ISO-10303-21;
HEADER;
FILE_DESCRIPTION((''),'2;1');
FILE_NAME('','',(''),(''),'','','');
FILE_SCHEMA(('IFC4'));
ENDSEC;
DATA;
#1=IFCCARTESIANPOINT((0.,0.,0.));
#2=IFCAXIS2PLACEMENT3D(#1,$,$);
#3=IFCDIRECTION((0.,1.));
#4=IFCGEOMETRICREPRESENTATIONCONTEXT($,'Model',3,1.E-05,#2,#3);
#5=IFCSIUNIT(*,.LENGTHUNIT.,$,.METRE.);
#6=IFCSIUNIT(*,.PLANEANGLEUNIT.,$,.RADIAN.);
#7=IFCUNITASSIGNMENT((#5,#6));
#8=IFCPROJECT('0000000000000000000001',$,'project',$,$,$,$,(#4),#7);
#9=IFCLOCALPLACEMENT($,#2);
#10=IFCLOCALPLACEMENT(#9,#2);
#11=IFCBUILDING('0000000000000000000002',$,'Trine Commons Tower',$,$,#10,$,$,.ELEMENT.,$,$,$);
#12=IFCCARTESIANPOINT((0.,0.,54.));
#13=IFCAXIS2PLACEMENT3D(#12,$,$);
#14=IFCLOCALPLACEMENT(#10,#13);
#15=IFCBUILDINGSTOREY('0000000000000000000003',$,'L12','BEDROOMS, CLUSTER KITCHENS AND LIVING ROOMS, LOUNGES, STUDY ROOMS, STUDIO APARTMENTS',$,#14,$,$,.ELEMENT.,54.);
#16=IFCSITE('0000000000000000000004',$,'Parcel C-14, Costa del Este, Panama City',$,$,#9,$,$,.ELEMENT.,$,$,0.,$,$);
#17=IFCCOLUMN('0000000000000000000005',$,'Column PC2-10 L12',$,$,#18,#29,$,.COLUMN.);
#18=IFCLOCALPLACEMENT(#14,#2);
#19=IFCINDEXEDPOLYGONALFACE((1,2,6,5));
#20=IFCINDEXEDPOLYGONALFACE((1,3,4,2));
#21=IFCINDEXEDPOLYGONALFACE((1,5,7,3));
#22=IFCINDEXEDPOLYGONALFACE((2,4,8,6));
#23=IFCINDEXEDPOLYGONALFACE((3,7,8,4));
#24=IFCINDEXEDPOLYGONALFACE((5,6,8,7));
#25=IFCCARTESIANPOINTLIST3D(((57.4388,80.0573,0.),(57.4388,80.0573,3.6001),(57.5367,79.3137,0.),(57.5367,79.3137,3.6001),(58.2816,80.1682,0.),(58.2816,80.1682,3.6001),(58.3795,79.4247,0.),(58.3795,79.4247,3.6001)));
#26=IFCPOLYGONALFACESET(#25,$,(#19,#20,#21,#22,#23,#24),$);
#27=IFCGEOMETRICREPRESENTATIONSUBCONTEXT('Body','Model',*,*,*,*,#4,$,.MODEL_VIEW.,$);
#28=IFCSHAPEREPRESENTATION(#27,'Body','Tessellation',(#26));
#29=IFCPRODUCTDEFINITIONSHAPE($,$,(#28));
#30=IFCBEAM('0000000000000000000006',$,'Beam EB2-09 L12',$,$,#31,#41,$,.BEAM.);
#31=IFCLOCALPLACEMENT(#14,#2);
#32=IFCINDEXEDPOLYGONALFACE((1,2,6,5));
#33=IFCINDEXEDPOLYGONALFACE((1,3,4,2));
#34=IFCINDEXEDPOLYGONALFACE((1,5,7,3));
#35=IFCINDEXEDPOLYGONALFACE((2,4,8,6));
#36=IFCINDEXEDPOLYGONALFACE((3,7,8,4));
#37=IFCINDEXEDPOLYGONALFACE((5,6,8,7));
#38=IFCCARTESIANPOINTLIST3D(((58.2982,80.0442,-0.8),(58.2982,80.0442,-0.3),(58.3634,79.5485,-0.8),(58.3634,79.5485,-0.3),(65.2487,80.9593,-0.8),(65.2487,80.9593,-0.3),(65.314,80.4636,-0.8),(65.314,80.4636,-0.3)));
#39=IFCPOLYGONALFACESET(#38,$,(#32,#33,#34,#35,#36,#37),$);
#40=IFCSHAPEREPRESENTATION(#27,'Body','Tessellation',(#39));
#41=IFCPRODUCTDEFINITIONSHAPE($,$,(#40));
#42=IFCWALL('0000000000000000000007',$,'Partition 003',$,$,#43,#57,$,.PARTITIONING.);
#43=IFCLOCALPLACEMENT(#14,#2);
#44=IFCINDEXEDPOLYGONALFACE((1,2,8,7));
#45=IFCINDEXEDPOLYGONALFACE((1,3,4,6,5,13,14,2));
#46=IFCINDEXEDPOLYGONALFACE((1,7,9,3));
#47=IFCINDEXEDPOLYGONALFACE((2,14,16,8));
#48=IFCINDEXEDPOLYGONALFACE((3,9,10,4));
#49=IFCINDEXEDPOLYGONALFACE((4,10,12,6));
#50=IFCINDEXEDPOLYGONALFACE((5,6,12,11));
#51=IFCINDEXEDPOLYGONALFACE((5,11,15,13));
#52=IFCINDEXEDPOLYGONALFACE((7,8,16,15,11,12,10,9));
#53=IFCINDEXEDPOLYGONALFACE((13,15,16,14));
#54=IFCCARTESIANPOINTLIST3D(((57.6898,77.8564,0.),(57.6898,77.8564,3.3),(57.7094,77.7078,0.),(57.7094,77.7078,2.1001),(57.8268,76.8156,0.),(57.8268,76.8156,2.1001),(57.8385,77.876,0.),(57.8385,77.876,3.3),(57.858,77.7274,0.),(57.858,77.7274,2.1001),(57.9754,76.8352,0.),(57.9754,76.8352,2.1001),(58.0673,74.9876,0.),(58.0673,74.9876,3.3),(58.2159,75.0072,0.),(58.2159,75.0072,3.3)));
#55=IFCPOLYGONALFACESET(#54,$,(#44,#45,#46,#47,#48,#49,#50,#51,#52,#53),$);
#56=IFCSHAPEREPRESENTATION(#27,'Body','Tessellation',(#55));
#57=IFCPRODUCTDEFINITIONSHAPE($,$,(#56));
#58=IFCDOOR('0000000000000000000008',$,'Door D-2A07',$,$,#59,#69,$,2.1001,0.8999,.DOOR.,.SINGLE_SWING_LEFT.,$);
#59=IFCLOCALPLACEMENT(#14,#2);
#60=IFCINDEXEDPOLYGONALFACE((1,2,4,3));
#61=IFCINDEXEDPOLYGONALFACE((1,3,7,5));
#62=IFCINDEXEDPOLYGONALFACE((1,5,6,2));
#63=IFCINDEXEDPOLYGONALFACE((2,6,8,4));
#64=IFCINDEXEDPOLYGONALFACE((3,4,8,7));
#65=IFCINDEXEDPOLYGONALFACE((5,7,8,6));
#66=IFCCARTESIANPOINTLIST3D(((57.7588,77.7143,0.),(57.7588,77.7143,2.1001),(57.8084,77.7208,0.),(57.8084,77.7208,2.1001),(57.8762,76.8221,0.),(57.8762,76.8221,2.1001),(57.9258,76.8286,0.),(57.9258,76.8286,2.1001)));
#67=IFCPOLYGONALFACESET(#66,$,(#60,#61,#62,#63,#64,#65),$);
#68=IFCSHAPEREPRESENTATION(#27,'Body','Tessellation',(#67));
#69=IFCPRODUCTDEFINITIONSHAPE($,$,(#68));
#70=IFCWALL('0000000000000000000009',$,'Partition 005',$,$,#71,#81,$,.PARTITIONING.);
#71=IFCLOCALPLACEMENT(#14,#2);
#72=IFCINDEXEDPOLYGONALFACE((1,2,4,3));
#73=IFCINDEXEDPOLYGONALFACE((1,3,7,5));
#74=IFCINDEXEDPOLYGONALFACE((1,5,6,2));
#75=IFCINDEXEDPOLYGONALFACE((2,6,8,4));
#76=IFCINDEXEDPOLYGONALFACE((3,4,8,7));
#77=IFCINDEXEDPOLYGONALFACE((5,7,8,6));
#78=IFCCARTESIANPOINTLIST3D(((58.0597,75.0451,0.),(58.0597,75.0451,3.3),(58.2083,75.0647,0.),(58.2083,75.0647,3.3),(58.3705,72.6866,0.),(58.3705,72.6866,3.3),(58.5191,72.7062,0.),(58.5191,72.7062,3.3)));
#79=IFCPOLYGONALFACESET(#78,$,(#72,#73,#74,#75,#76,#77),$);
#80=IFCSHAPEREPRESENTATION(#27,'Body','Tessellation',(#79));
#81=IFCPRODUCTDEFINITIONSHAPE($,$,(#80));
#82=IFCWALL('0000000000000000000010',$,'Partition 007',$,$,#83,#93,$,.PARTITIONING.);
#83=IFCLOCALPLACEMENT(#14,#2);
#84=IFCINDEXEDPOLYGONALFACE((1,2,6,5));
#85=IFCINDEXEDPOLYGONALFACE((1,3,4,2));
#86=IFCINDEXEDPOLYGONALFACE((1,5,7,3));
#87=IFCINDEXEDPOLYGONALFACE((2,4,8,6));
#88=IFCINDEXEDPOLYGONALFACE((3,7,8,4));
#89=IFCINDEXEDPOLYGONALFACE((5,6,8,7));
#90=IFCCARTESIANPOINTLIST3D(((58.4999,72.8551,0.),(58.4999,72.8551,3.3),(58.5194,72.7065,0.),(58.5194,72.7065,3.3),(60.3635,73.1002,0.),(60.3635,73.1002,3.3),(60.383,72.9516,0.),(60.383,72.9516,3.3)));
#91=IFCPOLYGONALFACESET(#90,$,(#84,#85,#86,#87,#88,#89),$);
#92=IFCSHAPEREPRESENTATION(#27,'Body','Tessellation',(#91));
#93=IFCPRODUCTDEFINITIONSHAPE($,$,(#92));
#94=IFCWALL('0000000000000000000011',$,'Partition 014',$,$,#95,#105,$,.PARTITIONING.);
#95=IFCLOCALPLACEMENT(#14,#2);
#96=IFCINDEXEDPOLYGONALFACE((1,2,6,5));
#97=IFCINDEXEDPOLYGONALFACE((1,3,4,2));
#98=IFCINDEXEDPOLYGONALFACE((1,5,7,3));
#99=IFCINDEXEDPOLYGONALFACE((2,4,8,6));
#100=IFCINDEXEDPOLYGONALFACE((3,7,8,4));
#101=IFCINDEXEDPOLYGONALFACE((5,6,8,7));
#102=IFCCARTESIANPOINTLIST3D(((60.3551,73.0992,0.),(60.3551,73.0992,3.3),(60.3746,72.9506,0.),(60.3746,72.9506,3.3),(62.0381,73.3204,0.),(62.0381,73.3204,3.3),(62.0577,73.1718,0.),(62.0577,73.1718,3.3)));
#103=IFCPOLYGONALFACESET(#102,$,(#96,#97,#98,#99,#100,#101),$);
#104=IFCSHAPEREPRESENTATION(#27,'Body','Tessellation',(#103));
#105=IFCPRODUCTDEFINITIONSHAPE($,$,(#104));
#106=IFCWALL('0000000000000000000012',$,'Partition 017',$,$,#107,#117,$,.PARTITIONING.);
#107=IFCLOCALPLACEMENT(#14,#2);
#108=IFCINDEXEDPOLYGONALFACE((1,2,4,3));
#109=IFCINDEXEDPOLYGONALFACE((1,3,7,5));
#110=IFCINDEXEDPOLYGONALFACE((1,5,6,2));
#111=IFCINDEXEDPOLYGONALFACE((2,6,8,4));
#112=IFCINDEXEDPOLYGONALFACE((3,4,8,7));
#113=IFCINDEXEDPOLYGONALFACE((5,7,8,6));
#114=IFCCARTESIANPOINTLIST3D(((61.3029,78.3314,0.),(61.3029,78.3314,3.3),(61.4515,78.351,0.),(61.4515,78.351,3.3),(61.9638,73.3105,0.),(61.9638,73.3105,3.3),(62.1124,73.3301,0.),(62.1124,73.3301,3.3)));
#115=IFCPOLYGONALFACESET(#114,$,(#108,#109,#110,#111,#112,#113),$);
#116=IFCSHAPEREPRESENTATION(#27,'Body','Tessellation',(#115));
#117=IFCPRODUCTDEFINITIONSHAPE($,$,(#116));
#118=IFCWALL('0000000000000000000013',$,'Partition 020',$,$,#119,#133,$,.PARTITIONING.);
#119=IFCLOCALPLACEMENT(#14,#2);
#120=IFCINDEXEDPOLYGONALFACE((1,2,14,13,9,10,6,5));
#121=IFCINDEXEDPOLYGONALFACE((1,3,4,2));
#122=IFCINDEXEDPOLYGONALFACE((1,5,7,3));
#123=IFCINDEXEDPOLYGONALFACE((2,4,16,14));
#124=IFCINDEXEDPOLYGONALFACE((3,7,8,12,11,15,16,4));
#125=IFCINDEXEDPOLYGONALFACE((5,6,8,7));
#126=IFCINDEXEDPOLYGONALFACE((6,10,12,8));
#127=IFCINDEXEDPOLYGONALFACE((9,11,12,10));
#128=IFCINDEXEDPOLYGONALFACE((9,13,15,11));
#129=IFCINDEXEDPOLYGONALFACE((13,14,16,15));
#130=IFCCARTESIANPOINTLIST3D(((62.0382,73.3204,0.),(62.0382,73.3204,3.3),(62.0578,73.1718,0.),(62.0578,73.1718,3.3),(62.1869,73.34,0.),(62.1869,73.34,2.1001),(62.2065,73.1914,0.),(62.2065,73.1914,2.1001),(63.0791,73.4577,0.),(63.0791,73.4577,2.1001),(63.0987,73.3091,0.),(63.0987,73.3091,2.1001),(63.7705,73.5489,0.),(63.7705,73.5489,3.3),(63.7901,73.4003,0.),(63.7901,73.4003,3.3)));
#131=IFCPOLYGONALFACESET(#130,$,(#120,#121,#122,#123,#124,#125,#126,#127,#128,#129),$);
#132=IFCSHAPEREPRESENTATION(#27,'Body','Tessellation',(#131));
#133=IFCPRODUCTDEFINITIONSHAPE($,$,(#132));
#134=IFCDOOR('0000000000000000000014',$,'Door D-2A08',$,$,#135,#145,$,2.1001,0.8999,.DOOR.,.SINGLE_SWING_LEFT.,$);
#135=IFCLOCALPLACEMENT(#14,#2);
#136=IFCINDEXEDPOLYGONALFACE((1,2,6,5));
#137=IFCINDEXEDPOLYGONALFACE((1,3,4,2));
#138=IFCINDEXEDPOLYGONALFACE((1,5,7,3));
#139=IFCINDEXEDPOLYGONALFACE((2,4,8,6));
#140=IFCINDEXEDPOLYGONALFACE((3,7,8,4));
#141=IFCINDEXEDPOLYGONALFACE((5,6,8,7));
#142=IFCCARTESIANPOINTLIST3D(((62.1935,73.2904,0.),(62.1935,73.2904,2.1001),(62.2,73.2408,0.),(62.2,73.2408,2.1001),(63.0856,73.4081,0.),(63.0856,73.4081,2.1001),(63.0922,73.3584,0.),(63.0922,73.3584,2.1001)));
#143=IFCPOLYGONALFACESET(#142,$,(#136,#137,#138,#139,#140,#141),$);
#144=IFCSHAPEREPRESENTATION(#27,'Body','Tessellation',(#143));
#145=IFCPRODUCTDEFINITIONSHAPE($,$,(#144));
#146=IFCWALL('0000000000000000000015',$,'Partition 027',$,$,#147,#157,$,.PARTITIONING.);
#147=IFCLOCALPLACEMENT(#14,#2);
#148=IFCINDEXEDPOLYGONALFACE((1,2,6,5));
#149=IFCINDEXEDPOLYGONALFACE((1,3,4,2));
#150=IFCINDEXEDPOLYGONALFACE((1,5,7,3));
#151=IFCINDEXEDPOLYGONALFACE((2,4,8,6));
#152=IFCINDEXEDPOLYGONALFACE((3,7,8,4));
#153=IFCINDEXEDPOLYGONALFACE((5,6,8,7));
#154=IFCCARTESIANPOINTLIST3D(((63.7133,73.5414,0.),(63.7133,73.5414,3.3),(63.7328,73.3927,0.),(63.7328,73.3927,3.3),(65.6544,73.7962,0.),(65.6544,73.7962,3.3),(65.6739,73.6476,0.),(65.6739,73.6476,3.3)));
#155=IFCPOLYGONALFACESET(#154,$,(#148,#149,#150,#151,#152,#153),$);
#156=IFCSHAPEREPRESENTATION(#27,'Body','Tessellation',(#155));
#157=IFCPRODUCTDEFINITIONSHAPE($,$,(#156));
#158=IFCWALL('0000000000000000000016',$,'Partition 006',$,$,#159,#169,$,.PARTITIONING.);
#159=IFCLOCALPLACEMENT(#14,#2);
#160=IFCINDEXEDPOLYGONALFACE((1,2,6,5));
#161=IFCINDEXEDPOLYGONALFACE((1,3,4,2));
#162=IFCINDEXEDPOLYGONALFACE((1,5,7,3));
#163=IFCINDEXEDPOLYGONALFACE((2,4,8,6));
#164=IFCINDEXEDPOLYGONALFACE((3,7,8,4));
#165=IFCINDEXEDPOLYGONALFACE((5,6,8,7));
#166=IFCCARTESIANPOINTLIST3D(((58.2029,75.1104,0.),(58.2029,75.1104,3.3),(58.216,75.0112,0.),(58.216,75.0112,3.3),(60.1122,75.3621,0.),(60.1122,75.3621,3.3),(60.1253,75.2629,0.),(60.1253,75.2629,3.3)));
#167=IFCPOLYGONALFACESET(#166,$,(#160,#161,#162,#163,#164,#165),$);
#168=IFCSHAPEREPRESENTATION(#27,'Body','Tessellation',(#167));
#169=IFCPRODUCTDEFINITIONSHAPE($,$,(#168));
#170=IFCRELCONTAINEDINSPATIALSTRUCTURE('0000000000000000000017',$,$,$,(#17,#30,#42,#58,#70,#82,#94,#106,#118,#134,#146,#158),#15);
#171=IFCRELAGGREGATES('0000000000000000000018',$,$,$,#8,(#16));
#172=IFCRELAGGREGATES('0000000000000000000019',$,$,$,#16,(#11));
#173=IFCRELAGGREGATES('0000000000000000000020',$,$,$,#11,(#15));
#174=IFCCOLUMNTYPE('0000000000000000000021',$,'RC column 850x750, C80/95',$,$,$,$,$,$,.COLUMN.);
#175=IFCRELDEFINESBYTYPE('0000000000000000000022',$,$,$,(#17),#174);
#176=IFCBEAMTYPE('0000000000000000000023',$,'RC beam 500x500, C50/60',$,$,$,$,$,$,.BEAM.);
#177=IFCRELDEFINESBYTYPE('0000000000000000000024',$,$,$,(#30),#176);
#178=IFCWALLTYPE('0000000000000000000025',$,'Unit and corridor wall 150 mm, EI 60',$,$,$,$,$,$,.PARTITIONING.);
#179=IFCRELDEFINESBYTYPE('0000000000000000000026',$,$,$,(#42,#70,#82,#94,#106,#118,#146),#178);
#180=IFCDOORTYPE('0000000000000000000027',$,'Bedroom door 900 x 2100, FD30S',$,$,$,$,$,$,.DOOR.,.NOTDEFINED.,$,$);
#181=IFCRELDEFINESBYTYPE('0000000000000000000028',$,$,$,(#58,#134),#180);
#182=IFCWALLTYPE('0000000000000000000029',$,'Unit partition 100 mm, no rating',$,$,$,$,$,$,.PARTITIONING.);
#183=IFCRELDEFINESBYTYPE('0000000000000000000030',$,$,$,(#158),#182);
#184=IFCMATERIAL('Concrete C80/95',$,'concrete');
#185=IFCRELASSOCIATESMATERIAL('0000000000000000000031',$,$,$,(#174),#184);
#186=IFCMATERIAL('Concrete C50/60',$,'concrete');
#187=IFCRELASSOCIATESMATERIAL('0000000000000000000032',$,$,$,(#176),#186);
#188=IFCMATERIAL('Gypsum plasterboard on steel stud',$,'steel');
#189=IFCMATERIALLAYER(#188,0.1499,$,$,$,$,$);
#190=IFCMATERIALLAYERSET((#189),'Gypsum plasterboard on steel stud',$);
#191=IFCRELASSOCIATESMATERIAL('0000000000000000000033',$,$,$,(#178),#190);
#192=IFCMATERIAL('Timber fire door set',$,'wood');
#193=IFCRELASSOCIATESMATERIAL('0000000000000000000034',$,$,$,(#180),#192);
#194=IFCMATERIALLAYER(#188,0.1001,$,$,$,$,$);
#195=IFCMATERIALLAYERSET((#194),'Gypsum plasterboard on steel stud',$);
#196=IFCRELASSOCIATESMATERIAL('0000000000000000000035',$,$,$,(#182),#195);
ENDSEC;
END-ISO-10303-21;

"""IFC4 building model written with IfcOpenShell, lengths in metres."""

from ifc_helpers import new_model, si_unit, direction, frame, frame_2d, origin, origin_2d, place, context, subcontext, project, spatial, rectangle, extrude, material, layer, layer_set, material_profile, profile_set, type_object, element, fill, save


model = new_model("IFC4")

# Units and contexts
model_context = context("Model", 3, precision=1e-05, world=origin(), true_north=direction((0.0, 1.0)))
body_context = subcontext(model_context, "Body", "Model", "MODEL_VIEW")
ifc_project = project(units=[si_unit("LENGTHUNIT", "METRE"), si_unit("PLANEANGLEUNIT", "RADIAN")], contexts=[model_context])

# Site, building, storey
site_placement = place(None, origin())
site = spatial("IfcSite", under=ifc_project, at=site_placement, Name="Parcel C-14, Costa del Este, Panama City", CompositionType="ELEMENT", RefElevation=0.0)
building_placement = place(site_placement, origin())
building = spatial("IfcBuilding", under=site, at=building_placement, Name="Trine Commons Tower", CompositionType="ELEMENT")
storey_placement = place(building_placement, frame((0.0, 0.0, 54.0)))
storey = spatial("IfcBuildingStorey", under=building, at=storey_placement, Name="L12", Description="BEDROOMS, CLUSTER KITCHENS AND LIVING ROOMS, LOUNGES, STUDY ROOMS, STUDIO APARTMENTS", CompositionType="ELEMENT", Elevation=54.0)

# Column
ifc_material_1 = material(Name="Concrete C80/95", Category="concrete")
ifc_material_profile_1 = material_profile(ifc_material_1, rectangle(XDim=0.8501, YDim=0.75, at=origin_2d()), Name="RC 850x750")
ifc_profile_set_1 = profile_set([ifc_material_profile_1], Name="Concrete C80/95")
column_type = type_object("IfcColumnType", Name="RC column 850x750, C80/95", PredefinedType="COLUMN", material=ifc_profile_set_1)
column_placement = place(storey_placement, frame((57.9092, 79.741, 0.0), z_axis=(0.0, 0.0, 1.0), x_axis=(0.991445, 0.130526, 0.0)))
element("IfcColumn", 1, at=column_placement, inside=storey, type_object=column_type, Name="Column PC2-10 L12", PredefinedType="COLUMN", context=body_context, shape_type="SweptSolid", body=[
    extrude(rectangle(XDim=0.8501, YDim=0.75, at=origin_2d()), origin(), (0.0, 0.0, 1.0), 3.6001),
])

# Beam
ifc_material_2 = material(Name="Concrete C50/60", Category="concrete")
ifc_material_profile_2 = material_profile(ifc_material_2, rectangle(XDim=0.5, YDim=0.5, at=origin_2d()), Name="RC 500x500")
ifc_profile_set_2 = profile_set([ifc_material_profile_2], Name="Concrete C50/60")
beam_type = type_object("IfcBeamType", Name="RC beam 500x500, C50/60", PredefinedType="BEAM", material=ifc_profile_set_2)
beam_placement = place(storey_placement, frame((58.3308, 79.7964, -0.55), z_axis=(0.991445, 0.130526, 0.0), x_axis=(-0.130526, 0.991445, 0.0)))
element("IfcBeam", 2, at=beam_placement, inside=storey, type_object=beam_type, Name="Beam EB2-09 L12", PredefinedType="BEAM", context=body_context, shape_type="SweptSolid", body=[
    extrude(rectangle(XDim=0.5, YDim=0.5, at=origin_2d()), origin(), (0.0, 0.0, 1.0), 7.0105),
])

# Wall, opening, door
ifc_material_3 = material(Name="Gypsum plasterboard on steel stud", Category="steel")
ifc_layer_1 = layer(ifc_material_3, 0.1499)
ifc_layer_set_1 = layer_set([ifc_layer_1], Name="Gypsum plasterboard on steel stud")
wall_type_1 = type_object("IfcWallType", Name="Unit and corridor wall 150 mm, EI 60", PredefinedType="PARTITIONING", material=ifc_layer_set_1)
wall_1_placement = place(storey_placement, frame((57.7642, 77.8662, 0.0), z_axis=(0.0, 0.0, 1.0), x_axis=(0.130439, -0.991456, 0.0)))
wall_1 = element("IfcWall", 3, at=wall_1_placement, inside=storey, type_object=wall_type_1, Name="Partition 003", PredefinedType="PARTITIONING", context=body_context, shape_type="SweptSolid", body=[
    extrude(rectangle(XDim=2.8936, YDim=0.1499, at=frame_2d((1.4468, 0.0))), origin(), (0.0, 0.0, 1.0), 3.3),
])
opening_1_placement = place(wall_1_placement, frame((0.1499, 0.0, 0.0)))
opening_1 = element("IfcOpeningElement", 4, at=opening_1_placement, cuts=wall_1, PredefinedType="OPENING", context=body_context, shape_type="SweptSolid", body=[
    extrude(rectangle(XDim=0.8999, YDim=2.1001, at=frame_2d((0.45, 1.05))), frame((0.0, 0.085, 0.0), z_axis=(0.0, -1.0, 0.0), x_axis=(1.0, 0.0, 0.0)), (0.0, 0.0, 1.0), 0.1699),
])
ifc_material_4 = material(Name="Timber fire door set", Category="wood")
door_type_1 = type_object("IfcDoorType", Name="Bedroom door 900 x 2100, FD30S", OperationType="NOTDEFINED", PredefinedType="DOOR", material=ifc_material_4)
door_1_placement = place(opening_1_placement, origin())
door_1 = element("IfcDoor", 5, at=door_1_placement, inside=storey, type_object=door_type_1, Name="Door D-2A07", OperationType="SINGLE_SWING_LEFT", OverallHeight=2.1001, OverallWidth=0.8999, PredefinedType="DOOR", context=body_context, shape_type="SweptSolid", body=[
    extrude(rectangle(XDim=0.8999, YDim=2.1001, at=frame_2d((0.45, 1.05))), frame((0.0, 0.0249, 0.0), z_axis=(0.0, -1.0, 0.0), x_axis=(1.0, 0.0, 0.0)), (0.0, 0.0, 1.0), 0.05),
])
fill(opening_1, door_1)

# Walls
wall_2_placement = place(storey_placement, frame((58.134, 75.0549, 0.0), z_axis=(0.0, 0.0, 1.0), x_axis=(0.130651, -0.991428, 0.0)))
element("IfcWall", 6, at=wall_2_placement, inside=storey, type_object=wall_type_1, Name="Partition 005", PredefinedType="PARTITIONING", context=body_context, shape_type="SweptSolid", body=[
    extrude(rectangle(XDim=2.3789, YDim=0.1499, at=frame_2d((1.1895, 0.0))), origin(), (0.0, 0.0, 1.0), 3.3),
])
wall_3_placement = place(storey_placement, frame((58.5095, 72.7808, 0.0), z_axis=(0.0, 0.0, 1.0), x_axis=(0.99146, 0.130411, 0.0)))
element("IfcWall", 7, at=wall_3_placement, inside=storey, type_object=wall_type_1, Name="Partition 007", PredefinedType="PARTITIONING", context=body_context, shape_type="SweptSolid", body=[
    extrude(rectangle(XDim=1.8796, YDim=0.1499, at=frame_2d((0.9399, 0.0))), origin(), (0.0, 0.0, 1.0), 3.3),
])
wall_4_placement = place(storey_placement, frame((60.365, 73.0249, 0.0), z_axis=(0.0, 0.0, 1.0), x_axis=(0.991475, 0.130298, 0.0)))
element("IfcWall", 8, at=wall_4_placement, inside=storey, type_object=wall_type_1, Name="Partition 014", PredefinedType="PARTITIONING", context=body_context, shape_type="SweptSolid", body=[
    extrude(rectangle(XDim=1.6975, YDim=0.1499, at=frame_2d((0.8486, 0.0))), origin(), (0.0, 0.0, 1.0), 3.3),
])
wall_5_placement = place(storey_placement, frame((61.3772, 78.3413, 0.0), z_axis=(0.0, 0.0, 1.0), x_axis=(0.130499, -0.991448, 0.0)))
element("IfcWall", 9, at=wall_5_placement, inside=storey, type_object=wall_type_1, Name="Partition 017", PredefinedType="PARTITIONING", context=body_context, shape_type="SweptSolid", body=[
    extrude(rectangle(XDim=5.0642, YDim=0.1499, at=frame_2d((2.5322, 0.0))), origin(), (0.0, 0.0, 1.0), 3.3),
])

# Wall, opening, door
wall_6_placement = place(storey_placement, frame((62.0481, 73.2461, 0.0), z_axis=(0.0, 0.0, 1.0), x_axis=(0.991412, 0.130773, 0.0)))
wall_6 = element("IfcWall", 10, at=wall_6_placement, inside=storey, type_object=wall_type_1, Name="Partition 020", PredefinedType="PARTITIONING", context=body_context, shape_type="SweptSolid", body=[
    extrude(rectangle(XDim=1.7473, YDim=0.1499, at=frame_2d((0.8735, 0.0))), origin(), (0.0, 0.0, 1.0), 3.3),
])
opening_2_placement = place(wall_6_placement, frame((0.1499, 0.0, 0.0)))
opening_2 = element("IfcOpeningElement", 11, at=opening_2_placement, cuts=wall_6, PredefinedType="OPENING", context=body_context, shape_type="SweptSolid", body=[
    extrude(rectangle(XDim=0.8999, YDim=2.1001, at=frame_2d((0.45, 1.05))), frame((0.0, 0.085, 0.0), z_axis=(0.0, -1.0, 0.0), x_axis=(1.0, 0.0, 0.0)), (0.0, 0.0, 1.0), 0.1699),
])
door_2_placement = place(opening_2_placement, origin())
door_2 = element("IfcDoor", 12, at=door_2_placement, inside=storey, type_object=door_type_1, Name="Door D-2A08", OperationType="SINGLE_SWING_LEFT", OverallHeight=2.1001, OverallWidth=0.8999, PredefinedType="DOOR", context=body_context, shape_type="SweptSolid", body=[
    extrude(rectangle(XDim=0.8999, YDim=2.1001, at=frame_2d((0.45, 1.05))), frame((0.0, 0.0249, 0.0), z_axis=(0.0, -1.0, 0.0), x_axis=(1.0, 0.0, 0.0)), (0.0, 0.0, 1.0), 0.05),
])
fill(opening_2, door_2)

# Walls
wall_7_placement = place(storey_placement, frame((63.7229, 73.467, 0.0), z_axis=(0.0, 0.0, 1.0), x_axis=(0.991489, 0.130187, 0.0)))
element("IfcWall", 13, at=wall_7_placement, inside=storey, type_object=wall_type_1, Name="Partition 027", PredefinedType="PARTITIONING", context=body_context, shape_type="SweptSolid", body=[
    extrude(rectangle(XDim=1.9578, YDim=0.1499, at=frame_2d((0.979, 0.0))), origin(), (0.0, 0.0, 1.0), 3.3),
])
ifc_layer_2 = layer(ifc_material_3, 0.1001)
ifc_layer_set_2 = layer_set([ifc_layer_2], Name="Gypsum plasterboard on steel stud")
wall_type_2 = type_object("IfcWallType", Name="Unit partition 100 mm, no rating", PredefinedType="PARTITIONING", material=ifc_layer_set_2)
wall_8_placement = place(storey_placement, frame((58.2095, 75.0608, 0.0), z_axis=(0.0, 0.0, 1.0), x_axis=(0.991421, 0.13071, 0.0)))
element("IfcWall", 14, at=wall_8_placement, inside=storey, type_object=wall_type_2, Name="Partition 006", PredefinedType="PARTITIONING", context=body_context, shape_type="SweptSolid", body=[
    extrude(rectangle(XDim=1.9258, YDim=0.1001, at=frame_2d((0.9629, 0.0))), origin(), (0.0, 0.0, 1.0), 3.3),
])

save(model, "model.ifc")
